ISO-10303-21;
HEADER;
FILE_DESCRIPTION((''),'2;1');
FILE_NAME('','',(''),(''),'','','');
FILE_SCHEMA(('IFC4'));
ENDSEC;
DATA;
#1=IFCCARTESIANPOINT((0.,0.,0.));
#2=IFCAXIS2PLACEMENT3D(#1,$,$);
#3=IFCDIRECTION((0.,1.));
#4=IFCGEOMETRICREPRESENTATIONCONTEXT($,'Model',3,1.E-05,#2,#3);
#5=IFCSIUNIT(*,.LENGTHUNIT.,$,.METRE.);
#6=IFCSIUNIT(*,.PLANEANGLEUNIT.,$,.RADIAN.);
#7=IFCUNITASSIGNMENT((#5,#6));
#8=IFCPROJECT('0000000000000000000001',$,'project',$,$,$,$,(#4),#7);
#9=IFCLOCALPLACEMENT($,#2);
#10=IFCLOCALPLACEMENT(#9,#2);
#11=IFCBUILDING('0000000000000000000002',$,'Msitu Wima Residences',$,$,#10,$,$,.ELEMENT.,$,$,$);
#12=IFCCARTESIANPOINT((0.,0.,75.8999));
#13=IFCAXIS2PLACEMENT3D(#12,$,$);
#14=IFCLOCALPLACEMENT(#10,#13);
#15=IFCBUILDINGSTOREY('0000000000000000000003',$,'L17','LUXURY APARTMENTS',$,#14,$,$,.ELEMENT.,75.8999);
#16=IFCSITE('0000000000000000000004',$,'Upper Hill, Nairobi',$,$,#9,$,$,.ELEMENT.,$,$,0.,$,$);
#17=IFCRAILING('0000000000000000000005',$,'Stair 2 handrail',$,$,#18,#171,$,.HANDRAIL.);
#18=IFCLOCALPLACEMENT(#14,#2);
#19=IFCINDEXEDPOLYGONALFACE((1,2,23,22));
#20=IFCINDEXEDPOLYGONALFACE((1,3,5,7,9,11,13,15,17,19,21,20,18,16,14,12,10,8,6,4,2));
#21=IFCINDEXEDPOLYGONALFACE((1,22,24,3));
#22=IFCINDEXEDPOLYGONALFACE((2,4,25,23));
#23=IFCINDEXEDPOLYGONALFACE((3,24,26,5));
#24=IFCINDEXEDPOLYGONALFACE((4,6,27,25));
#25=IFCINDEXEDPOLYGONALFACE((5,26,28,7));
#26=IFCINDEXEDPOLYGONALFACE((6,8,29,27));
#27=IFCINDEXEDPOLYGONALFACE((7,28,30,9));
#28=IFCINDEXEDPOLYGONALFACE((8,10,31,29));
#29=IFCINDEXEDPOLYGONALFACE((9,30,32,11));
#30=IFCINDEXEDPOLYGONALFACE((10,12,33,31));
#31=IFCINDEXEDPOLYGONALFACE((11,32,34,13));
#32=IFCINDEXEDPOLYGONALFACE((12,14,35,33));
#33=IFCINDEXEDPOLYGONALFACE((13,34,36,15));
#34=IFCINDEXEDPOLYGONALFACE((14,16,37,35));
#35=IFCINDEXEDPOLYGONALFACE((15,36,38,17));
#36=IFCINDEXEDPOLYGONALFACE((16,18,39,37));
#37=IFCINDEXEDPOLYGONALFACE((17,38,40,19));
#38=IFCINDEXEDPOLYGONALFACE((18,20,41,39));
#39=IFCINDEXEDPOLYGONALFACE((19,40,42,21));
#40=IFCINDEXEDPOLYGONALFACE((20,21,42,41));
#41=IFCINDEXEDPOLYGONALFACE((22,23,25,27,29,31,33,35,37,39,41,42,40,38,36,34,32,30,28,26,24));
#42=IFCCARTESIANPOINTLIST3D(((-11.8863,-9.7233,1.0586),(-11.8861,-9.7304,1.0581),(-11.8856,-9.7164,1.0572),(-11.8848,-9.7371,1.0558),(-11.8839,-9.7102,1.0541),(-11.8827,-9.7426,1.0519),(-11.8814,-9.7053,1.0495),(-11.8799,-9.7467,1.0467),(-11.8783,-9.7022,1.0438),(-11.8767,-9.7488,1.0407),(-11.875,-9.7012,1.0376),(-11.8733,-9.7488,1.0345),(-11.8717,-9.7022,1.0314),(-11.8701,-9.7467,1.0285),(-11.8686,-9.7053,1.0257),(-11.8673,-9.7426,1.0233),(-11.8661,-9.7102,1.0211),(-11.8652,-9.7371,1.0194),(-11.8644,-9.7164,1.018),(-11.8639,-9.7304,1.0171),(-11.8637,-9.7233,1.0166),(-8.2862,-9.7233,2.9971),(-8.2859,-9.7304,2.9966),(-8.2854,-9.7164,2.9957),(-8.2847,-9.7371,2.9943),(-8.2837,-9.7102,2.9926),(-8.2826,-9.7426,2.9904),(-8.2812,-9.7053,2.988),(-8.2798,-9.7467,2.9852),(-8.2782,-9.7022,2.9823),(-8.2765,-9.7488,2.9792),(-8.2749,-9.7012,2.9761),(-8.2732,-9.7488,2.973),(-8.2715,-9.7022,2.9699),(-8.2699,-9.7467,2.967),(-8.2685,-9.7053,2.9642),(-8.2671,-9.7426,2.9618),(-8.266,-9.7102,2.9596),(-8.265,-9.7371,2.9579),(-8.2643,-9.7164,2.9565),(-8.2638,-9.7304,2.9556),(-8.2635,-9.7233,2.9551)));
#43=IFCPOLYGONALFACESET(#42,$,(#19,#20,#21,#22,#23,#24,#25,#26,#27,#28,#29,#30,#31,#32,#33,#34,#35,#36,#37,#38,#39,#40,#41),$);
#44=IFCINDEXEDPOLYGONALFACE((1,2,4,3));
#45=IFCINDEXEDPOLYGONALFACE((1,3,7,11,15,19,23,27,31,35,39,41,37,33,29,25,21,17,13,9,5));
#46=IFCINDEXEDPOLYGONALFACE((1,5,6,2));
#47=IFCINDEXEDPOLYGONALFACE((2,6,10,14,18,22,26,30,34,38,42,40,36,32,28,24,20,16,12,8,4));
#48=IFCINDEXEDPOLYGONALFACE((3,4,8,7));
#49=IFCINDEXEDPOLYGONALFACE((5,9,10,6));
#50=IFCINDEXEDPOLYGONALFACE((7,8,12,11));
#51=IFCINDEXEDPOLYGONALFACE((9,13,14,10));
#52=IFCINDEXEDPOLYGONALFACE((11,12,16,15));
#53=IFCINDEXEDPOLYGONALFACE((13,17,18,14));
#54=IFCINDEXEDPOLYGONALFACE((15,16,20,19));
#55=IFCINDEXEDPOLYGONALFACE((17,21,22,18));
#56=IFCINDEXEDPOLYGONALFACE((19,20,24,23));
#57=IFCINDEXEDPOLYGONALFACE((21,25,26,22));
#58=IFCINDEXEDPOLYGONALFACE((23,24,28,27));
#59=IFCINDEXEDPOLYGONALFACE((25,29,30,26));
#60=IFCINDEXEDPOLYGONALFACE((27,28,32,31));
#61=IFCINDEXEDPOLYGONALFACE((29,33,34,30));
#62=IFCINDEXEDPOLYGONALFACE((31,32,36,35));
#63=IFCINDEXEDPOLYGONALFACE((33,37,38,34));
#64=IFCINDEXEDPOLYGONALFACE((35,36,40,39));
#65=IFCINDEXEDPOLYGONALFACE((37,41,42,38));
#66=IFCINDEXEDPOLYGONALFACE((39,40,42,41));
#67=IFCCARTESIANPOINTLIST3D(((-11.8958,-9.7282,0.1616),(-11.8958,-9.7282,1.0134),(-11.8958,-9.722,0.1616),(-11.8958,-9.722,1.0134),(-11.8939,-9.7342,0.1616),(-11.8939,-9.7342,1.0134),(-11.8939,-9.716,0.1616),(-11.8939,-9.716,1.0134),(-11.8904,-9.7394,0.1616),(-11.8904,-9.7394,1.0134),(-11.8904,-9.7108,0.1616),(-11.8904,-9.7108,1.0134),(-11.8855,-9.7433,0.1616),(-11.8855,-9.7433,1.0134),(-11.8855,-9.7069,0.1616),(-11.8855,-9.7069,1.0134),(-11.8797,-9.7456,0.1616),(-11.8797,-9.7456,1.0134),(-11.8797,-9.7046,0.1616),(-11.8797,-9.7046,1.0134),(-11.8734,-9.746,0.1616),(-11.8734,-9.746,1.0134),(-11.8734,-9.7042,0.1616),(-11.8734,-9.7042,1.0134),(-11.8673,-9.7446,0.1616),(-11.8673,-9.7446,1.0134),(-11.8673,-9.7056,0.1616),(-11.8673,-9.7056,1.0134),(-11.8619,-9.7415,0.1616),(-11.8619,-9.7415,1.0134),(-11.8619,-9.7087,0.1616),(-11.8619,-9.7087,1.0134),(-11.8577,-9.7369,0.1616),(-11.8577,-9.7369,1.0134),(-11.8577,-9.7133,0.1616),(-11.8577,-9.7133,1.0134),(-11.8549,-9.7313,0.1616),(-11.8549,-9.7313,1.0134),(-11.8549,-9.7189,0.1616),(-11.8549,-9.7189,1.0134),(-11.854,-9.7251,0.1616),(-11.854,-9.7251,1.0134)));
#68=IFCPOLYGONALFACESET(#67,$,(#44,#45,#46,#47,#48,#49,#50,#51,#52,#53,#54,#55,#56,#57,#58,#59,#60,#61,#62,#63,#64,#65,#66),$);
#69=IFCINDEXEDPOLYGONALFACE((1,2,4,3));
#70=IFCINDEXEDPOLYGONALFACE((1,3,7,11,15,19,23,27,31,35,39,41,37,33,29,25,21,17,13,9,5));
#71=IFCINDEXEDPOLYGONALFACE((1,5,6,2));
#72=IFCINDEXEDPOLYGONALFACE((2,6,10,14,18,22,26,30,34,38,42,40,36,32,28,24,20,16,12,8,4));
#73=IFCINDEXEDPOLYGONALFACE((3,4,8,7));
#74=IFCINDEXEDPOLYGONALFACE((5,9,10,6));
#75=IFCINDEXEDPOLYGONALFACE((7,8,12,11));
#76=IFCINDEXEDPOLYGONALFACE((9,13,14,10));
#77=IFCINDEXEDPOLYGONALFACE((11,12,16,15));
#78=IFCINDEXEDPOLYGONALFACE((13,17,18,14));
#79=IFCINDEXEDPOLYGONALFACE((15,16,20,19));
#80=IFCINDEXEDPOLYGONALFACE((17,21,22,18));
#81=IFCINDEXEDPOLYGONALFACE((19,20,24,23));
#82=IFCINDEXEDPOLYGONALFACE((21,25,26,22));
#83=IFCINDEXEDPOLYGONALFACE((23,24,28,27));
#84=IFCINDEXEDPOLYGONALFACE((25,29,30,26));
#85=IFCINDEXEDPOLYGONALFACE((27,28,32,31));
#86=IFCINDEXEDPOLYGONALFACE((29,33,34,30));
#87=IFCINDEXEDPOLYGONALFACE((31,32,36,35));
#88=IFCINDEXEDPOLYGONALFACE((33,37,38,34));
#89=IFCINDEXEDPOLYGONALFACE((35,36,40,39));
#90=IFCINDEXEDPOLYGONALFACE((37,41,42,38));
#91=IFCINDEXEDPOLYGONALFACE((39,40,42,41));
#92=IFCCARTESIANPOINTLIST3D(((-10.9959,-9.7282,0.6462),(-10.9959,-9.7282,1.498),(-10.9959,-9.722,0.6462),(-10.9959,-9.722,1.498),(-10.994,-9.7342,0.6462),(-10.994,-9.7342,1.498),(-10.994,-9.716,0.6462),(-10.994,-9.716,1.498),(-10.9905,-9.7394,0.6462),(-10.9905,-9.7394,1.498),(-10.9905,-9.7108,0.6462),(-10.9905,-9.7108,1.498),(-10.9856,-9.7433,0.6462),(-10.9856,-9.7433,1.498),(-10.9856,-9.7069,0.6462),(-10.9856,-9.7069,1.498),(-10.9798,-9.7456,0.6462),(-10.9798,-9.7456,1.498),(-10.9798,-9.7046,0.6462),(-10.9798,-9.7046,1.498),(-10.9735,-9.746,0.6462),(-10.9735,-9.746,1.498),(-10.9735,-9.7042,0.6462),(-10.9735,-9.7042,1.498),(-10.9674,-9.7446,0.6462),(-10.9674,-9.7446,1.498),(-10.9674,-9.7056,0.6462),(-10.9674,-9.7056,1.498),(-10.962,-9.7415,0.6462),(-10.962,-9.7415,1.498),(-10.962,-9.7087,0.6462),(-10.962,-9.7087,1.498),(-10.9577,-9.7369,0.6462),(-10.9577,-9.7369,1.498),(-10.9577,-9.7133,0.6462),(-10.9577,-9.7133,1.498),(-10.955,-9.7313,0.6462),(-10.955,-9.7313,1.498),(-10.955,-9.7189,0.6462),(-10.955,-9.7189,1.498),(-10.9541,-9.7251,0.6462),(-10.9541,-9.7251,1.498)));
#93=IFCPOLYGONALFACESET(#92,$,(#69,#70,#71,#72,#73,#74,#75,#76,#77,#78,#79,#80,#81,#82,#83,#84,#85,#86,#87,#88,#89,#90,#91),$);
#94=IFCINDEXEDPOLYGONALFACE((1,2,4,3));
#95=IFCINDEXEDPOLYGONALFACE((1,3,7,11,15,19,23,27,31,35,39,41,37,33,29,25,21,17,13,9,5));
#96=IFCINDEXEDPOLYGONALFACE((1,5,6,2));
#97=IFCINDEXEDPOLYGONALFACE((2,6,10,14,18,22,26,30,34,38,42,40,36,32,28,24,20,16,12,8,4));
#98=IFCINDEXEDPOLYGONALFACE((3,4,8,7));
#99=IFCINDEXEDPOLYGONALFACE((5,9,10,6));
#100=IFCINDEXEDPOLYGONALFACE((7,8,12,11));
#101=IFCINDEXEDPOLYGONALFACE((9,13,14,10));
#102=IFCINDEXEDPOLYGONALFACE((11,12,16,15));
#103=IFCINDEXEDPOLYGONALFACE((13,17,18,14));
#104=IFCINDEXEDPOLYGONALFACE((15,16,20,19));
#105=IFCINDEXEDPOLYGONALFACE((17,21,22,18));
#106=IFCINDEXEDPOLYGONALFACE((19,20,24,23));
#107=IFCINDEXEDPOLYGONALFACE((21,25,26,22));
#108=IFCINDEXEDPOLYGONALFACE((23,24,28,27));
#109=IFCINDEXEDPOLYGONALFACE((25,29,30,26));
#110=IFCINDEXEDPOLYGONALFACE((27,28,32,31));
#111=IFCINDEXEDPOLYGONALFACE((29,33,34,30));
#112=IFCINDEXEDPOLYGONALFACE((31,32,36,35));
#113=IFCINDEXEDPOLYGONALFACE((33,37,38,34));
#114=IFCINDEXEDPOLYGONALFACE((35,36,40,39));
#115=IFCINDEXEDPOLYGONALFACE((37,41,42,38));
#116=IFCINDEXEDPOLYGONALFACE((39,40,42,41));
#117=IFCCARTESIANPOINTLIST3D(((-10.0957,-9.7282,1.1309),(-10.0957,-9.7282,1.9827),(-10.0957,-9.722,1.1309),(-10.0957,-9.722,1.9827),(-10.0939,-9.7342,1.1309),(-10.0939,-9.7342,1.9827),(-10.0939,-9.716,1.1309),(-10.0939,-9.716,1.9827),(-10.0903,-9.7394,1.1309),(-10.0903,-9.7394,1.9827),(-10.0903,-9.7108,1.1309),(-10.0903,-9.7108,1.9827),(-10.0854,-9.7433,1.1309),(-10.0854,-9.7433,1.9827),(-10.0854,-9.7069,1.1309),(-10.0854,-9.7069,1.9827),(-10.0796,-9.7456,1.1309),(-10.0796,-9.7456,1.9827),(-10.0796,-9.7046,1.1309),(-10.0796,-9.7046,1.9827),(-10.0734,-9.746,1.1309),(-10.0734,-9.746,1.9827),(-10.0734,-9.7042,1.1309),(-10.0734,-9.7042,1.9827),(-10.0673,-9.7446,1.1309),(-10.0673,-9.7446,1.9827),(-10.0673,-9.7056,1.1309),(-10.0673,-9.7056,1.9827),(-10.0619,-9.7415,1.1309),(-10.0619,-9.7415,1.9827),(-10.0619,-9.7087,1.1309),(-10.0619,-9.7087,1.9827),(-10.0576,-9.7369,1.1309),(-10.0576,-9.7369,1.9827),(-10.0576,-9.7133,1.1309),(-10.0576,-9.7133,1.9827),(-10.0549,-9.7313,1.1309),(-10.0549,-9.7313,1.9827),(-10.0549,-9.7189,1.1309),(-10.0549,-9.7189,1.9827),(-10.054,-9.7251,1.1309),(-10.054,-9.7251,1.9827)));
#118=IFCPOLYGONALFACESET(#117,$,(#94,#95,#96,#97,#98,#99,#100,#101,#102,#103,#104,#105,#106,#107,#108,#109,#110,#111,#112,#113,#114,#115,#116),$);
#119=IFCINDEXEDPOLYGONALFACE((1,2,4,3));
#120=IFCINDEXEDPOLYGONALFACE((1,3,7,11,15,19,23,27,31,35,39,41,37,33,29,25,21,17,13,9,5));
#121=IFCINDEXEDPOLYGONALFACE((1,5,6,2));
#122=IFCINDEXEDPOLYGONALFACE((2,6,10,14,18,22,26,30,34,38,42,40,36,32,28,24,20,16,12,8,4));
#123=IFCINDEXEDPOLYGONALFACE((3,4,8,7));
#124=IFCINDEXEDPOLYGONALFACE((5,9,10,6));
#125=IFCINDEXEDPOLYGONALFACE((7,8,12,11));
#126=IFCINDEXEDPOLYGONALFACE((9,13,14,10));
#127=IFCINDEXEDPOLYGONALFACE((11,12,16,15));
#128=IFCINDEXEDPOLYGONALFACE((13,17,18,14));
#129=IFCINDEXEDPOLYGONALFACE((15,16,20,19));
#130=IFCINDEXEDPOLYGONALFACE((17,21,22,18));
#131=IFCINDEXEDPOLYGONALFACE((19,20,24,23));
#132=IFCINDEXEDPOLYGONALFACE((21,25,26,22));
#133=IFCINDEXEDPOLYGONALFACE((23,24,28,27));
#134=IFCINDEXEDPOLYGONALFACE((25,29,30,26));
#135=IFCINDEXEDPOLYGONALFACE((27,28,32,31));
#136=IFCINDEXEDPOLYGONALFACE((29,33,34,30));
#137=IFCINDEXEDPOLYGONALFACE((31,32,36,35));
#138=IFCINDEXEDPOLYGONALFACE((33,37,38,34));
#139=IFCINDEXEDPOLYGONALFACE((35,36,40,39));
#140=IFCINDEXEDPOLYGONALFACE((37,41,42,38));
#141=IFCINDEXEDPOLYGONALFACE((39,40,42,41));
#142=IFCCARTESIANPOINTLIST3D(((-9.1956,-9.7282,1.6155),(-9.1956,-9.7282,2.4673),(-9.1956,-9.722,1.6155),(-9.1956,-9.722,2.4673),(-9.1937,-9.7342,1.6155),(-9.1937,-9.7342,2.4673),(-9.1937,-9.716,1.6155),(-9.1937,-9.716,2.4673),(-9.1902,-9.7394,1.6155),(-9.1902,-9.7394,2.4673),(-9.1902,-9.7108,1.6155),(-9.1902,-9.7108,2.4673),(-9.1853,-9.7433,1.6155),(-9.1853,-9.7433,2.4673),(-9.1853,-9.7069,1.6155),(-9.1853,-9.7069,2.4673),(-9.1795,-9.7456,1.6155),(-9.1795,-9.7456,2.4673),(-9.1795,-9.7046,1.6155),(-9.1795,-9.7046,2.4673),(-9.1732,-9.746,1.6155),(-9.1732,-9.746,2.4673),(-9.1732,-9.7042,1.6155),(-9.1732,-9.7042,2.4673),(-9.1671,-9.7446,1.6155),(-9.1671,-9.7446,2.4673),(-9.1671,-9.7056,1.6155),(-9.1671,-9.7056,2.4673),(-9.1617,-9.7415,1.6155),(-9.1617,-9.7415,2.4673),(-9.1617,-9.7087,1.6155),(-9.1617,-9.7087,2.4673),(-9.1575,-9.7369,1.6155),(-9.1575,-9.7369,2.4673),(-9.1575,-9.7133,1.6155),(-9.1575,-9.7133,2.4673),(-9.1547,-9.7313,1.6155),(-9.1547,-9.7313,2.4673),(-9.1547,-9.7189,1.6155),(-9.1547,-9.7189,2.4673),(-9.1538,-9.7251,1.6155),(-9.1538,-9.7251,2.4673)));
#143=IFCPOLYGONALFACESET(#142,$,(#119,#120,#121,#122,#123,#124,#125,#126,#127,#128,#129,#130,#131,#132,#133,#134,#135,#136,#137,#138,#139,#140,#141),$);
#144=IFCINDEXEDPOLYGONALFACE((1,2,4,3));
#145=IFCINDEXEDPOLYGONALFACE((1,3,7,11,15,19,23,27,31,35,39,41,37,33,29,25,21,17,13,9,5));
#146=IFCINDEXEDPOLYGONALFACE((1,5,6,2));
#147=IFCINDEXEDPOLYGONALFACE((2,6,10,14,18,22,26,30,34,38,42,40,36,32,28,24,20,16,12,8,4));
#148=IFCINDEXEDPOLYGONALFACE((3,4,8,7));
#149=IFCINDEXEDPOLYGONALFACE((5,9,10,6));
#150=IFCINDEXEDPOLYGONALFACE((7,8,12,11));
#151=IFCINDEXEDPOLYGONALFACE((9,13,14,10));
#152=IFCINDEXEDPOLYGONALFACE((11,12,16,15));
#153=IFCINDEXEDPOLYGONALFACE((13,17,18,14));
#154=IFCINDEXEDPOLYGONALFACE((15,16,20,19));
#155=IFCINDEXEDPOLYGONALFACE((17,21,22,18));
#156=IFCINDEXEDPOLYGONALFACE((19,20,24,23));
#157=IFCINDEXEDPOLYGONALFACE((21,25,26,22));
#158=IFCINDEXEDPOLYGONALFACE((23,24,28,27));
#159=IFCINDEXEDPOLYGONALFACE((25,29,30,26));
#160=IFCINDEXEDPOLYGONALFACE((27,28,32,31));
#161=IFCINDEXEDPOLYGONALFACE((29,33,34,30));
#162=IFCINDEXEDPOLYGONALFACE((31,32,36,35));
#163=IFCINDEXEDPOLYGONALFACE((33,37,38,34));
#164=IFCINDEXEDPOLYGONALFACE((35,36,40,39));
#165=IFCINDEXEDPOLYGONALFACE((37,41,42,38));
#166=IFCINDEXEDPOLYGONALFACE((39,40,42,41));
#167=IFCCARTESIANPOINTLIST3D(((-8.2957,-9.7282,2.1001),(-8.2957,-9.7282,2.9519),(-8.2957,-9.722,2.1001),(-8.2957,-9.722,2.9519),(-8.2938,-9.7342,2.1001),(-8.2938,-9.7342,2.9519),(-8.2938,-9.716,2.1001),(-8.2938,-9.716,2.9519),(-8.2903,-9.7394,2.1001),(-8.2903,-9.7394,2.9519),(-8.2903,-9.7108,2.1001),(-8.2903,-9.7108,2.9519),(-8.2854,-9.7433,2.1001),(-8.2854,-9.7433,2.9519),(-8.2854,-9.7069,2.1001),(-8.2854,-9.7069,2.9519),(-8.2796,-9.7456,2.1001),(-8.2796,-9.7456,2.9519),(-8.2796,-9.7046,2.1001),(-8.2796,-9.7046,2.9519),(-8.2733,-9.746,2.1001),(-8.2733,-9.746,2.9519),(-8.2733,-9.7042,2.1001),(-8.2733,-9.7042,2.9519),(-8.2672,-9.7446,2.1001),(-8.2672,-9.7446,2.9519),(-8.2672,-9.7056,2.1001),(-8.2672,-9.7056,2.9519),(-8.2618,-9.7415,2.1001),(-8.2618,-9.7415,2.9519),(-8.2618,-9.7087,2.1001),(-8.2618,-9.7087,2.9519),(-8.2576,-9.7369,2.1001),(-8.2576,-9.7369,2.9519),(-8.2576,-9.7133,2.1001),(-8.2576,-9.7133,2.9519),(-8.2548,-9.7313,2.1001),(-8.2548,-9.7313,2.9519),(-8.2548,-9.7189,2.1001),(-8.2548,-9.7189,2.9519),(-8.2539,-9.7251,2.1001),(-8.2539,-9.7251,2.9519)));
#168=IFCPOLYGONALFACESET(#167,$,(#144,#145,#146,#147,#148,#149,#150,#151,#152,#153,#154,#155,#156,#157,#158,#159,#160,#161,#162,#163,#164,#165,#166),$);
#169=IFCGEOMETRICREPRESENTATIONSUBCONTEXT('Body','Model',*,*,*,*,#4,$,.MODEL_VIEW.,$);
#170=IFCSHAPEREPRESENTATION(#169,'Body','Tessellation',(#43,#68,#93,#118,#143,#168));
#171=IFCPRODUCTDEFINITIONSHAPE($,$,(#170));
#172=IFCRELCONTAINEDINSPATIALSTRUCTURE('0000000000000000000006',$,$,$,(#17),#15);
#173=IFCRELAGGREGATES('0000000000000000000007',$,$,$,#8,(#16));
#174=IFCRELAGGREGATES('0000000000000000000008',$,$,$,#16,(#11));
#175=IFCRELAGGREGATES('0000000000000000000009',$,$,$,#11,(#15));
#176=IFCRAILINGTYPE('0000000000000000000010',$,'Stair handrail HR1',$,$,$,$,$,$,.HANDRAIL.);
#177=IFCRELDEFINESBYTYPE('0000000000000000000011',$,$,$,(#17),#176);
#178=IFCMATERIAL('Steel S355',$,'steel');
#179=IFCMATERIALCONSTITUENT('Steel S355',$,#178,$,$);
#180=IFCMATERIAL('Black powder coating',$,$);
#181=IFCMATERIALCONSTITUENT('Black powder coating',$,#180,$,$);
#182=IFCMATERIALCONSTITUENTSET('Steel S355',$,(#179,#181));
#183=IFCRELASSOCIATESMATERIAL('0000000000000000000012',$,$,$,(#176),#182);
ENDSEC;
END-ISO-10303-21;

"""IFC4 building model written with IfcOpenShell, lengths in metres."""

from ifc_helpers import new_model, si_unit, direction, frame, origin, origin_2d, place, context, subcontext, project, spatial, circle, extrude, material, constituent, constituent_set, type_object, element, save


model = new_model("IFC4")

# Units and contexts
model_context = context("Model", 3, precision=1e-05, world=origin(), true_north=direction((0.0, 1.0)))
body_context = subcontext(model_context, "Body", "Model", "MODEL_VIEW")
ifc_project = project(units=[si_unit("LENGTHUNIT", "METRE"), si_unit("PLANEANGLEUNIT", "RADIAN")], contexts=[model_context])

# Site, building, storey
site_placement = place(None, origin())
site = spatial("IfcSite", under=ifc_project, at=site_placement, Name="Upper Hill, Nairobi", CompositionType="ELEMENT", RefElevation=0.0)
building_placement = place(site_placement, origin())
building = spatial("IfcBuilding", under=site, at=building_placement, Name="Msitu Wima Residences", CompositionType="ELEMENT")
storey_placement = place(building_placement, frame((0.0, 0.0, 75.8999)))
storey = spatial("IfcBuildingStorey", under=building, at=storey_placement, Name="L17", Description="LUXURY APARTMENTS", CompositionType="ELEMENT", Elevation=75.8999)

# Railing
ifc_material_1 = material(Name="Steel S355", Category="steel")
ifc_constituent_1 = constituent(ifc_material_1, Name="Steel S355")
ifc_material_2 = material(Name="Black powder coating")
ifc_constituent_2 = constituent(ifc_material_2, Name="Black powder coating")
ifc_constituent_set = constituent_set(constituents=[ifc_constituent_1, ifc_constituent_2], Name="Steel S355")
railing_type = type_object("IfcRailingType", Name="Stair handrail HR1", PredefinedType="HANDRAIL", material=ifc_constituent_set)
for number, where, name in (
    (1, (-11.875, -9.7251, 0.1616), "Stair 2 handrail"),
):
    element("IfcRailing", number, at=place(storey_placement, frame(where)), inside=storey, type_object=railing_type, Name=name, PredefinedType="HANDRAIL", context=body_context, shape_type="SweptSolid", body=[
        extrude(circle(Radius=0.0239, at=origin_2d()), frame((0.0, 0.0, 0.876), z_axis=(0.880475, 0.0, 0.474093), x_axis=(0.0, 1.0, 0.0)), (0.0, 0.0, 1.0), 4.0889),
        extrude(circle(Radius=0.021, at=origin_2d()), origin(), (0.0, 0.0, 1.0), 0.8518),
        extrude(circle(Radius=0.021, at=origin_2d()), frame((0.8999, 0.0, 0.4846)), (0.0, 0.0, 1.0), 0.8518),
        extrude(circle(Radius=0.021, at=origin_2d()), frame((1.8, 0.0, 0.9692)), (0.0, 0.0, 1.0), 0.8518),
        extrude(circle(Radius=0.021, at=origin_2d()), frame((2.7002, 0.0, 1.4539)), (0.0, 0.0, 1.0), 0.8518),
        extrude(circle(Radius=0.021, at=origin_2d()), frame((3.6001, 0.0, 1.9385)), (0.0, 0.0, 1.0), 0.8518),
    ])

save(model, "model.ifc")
